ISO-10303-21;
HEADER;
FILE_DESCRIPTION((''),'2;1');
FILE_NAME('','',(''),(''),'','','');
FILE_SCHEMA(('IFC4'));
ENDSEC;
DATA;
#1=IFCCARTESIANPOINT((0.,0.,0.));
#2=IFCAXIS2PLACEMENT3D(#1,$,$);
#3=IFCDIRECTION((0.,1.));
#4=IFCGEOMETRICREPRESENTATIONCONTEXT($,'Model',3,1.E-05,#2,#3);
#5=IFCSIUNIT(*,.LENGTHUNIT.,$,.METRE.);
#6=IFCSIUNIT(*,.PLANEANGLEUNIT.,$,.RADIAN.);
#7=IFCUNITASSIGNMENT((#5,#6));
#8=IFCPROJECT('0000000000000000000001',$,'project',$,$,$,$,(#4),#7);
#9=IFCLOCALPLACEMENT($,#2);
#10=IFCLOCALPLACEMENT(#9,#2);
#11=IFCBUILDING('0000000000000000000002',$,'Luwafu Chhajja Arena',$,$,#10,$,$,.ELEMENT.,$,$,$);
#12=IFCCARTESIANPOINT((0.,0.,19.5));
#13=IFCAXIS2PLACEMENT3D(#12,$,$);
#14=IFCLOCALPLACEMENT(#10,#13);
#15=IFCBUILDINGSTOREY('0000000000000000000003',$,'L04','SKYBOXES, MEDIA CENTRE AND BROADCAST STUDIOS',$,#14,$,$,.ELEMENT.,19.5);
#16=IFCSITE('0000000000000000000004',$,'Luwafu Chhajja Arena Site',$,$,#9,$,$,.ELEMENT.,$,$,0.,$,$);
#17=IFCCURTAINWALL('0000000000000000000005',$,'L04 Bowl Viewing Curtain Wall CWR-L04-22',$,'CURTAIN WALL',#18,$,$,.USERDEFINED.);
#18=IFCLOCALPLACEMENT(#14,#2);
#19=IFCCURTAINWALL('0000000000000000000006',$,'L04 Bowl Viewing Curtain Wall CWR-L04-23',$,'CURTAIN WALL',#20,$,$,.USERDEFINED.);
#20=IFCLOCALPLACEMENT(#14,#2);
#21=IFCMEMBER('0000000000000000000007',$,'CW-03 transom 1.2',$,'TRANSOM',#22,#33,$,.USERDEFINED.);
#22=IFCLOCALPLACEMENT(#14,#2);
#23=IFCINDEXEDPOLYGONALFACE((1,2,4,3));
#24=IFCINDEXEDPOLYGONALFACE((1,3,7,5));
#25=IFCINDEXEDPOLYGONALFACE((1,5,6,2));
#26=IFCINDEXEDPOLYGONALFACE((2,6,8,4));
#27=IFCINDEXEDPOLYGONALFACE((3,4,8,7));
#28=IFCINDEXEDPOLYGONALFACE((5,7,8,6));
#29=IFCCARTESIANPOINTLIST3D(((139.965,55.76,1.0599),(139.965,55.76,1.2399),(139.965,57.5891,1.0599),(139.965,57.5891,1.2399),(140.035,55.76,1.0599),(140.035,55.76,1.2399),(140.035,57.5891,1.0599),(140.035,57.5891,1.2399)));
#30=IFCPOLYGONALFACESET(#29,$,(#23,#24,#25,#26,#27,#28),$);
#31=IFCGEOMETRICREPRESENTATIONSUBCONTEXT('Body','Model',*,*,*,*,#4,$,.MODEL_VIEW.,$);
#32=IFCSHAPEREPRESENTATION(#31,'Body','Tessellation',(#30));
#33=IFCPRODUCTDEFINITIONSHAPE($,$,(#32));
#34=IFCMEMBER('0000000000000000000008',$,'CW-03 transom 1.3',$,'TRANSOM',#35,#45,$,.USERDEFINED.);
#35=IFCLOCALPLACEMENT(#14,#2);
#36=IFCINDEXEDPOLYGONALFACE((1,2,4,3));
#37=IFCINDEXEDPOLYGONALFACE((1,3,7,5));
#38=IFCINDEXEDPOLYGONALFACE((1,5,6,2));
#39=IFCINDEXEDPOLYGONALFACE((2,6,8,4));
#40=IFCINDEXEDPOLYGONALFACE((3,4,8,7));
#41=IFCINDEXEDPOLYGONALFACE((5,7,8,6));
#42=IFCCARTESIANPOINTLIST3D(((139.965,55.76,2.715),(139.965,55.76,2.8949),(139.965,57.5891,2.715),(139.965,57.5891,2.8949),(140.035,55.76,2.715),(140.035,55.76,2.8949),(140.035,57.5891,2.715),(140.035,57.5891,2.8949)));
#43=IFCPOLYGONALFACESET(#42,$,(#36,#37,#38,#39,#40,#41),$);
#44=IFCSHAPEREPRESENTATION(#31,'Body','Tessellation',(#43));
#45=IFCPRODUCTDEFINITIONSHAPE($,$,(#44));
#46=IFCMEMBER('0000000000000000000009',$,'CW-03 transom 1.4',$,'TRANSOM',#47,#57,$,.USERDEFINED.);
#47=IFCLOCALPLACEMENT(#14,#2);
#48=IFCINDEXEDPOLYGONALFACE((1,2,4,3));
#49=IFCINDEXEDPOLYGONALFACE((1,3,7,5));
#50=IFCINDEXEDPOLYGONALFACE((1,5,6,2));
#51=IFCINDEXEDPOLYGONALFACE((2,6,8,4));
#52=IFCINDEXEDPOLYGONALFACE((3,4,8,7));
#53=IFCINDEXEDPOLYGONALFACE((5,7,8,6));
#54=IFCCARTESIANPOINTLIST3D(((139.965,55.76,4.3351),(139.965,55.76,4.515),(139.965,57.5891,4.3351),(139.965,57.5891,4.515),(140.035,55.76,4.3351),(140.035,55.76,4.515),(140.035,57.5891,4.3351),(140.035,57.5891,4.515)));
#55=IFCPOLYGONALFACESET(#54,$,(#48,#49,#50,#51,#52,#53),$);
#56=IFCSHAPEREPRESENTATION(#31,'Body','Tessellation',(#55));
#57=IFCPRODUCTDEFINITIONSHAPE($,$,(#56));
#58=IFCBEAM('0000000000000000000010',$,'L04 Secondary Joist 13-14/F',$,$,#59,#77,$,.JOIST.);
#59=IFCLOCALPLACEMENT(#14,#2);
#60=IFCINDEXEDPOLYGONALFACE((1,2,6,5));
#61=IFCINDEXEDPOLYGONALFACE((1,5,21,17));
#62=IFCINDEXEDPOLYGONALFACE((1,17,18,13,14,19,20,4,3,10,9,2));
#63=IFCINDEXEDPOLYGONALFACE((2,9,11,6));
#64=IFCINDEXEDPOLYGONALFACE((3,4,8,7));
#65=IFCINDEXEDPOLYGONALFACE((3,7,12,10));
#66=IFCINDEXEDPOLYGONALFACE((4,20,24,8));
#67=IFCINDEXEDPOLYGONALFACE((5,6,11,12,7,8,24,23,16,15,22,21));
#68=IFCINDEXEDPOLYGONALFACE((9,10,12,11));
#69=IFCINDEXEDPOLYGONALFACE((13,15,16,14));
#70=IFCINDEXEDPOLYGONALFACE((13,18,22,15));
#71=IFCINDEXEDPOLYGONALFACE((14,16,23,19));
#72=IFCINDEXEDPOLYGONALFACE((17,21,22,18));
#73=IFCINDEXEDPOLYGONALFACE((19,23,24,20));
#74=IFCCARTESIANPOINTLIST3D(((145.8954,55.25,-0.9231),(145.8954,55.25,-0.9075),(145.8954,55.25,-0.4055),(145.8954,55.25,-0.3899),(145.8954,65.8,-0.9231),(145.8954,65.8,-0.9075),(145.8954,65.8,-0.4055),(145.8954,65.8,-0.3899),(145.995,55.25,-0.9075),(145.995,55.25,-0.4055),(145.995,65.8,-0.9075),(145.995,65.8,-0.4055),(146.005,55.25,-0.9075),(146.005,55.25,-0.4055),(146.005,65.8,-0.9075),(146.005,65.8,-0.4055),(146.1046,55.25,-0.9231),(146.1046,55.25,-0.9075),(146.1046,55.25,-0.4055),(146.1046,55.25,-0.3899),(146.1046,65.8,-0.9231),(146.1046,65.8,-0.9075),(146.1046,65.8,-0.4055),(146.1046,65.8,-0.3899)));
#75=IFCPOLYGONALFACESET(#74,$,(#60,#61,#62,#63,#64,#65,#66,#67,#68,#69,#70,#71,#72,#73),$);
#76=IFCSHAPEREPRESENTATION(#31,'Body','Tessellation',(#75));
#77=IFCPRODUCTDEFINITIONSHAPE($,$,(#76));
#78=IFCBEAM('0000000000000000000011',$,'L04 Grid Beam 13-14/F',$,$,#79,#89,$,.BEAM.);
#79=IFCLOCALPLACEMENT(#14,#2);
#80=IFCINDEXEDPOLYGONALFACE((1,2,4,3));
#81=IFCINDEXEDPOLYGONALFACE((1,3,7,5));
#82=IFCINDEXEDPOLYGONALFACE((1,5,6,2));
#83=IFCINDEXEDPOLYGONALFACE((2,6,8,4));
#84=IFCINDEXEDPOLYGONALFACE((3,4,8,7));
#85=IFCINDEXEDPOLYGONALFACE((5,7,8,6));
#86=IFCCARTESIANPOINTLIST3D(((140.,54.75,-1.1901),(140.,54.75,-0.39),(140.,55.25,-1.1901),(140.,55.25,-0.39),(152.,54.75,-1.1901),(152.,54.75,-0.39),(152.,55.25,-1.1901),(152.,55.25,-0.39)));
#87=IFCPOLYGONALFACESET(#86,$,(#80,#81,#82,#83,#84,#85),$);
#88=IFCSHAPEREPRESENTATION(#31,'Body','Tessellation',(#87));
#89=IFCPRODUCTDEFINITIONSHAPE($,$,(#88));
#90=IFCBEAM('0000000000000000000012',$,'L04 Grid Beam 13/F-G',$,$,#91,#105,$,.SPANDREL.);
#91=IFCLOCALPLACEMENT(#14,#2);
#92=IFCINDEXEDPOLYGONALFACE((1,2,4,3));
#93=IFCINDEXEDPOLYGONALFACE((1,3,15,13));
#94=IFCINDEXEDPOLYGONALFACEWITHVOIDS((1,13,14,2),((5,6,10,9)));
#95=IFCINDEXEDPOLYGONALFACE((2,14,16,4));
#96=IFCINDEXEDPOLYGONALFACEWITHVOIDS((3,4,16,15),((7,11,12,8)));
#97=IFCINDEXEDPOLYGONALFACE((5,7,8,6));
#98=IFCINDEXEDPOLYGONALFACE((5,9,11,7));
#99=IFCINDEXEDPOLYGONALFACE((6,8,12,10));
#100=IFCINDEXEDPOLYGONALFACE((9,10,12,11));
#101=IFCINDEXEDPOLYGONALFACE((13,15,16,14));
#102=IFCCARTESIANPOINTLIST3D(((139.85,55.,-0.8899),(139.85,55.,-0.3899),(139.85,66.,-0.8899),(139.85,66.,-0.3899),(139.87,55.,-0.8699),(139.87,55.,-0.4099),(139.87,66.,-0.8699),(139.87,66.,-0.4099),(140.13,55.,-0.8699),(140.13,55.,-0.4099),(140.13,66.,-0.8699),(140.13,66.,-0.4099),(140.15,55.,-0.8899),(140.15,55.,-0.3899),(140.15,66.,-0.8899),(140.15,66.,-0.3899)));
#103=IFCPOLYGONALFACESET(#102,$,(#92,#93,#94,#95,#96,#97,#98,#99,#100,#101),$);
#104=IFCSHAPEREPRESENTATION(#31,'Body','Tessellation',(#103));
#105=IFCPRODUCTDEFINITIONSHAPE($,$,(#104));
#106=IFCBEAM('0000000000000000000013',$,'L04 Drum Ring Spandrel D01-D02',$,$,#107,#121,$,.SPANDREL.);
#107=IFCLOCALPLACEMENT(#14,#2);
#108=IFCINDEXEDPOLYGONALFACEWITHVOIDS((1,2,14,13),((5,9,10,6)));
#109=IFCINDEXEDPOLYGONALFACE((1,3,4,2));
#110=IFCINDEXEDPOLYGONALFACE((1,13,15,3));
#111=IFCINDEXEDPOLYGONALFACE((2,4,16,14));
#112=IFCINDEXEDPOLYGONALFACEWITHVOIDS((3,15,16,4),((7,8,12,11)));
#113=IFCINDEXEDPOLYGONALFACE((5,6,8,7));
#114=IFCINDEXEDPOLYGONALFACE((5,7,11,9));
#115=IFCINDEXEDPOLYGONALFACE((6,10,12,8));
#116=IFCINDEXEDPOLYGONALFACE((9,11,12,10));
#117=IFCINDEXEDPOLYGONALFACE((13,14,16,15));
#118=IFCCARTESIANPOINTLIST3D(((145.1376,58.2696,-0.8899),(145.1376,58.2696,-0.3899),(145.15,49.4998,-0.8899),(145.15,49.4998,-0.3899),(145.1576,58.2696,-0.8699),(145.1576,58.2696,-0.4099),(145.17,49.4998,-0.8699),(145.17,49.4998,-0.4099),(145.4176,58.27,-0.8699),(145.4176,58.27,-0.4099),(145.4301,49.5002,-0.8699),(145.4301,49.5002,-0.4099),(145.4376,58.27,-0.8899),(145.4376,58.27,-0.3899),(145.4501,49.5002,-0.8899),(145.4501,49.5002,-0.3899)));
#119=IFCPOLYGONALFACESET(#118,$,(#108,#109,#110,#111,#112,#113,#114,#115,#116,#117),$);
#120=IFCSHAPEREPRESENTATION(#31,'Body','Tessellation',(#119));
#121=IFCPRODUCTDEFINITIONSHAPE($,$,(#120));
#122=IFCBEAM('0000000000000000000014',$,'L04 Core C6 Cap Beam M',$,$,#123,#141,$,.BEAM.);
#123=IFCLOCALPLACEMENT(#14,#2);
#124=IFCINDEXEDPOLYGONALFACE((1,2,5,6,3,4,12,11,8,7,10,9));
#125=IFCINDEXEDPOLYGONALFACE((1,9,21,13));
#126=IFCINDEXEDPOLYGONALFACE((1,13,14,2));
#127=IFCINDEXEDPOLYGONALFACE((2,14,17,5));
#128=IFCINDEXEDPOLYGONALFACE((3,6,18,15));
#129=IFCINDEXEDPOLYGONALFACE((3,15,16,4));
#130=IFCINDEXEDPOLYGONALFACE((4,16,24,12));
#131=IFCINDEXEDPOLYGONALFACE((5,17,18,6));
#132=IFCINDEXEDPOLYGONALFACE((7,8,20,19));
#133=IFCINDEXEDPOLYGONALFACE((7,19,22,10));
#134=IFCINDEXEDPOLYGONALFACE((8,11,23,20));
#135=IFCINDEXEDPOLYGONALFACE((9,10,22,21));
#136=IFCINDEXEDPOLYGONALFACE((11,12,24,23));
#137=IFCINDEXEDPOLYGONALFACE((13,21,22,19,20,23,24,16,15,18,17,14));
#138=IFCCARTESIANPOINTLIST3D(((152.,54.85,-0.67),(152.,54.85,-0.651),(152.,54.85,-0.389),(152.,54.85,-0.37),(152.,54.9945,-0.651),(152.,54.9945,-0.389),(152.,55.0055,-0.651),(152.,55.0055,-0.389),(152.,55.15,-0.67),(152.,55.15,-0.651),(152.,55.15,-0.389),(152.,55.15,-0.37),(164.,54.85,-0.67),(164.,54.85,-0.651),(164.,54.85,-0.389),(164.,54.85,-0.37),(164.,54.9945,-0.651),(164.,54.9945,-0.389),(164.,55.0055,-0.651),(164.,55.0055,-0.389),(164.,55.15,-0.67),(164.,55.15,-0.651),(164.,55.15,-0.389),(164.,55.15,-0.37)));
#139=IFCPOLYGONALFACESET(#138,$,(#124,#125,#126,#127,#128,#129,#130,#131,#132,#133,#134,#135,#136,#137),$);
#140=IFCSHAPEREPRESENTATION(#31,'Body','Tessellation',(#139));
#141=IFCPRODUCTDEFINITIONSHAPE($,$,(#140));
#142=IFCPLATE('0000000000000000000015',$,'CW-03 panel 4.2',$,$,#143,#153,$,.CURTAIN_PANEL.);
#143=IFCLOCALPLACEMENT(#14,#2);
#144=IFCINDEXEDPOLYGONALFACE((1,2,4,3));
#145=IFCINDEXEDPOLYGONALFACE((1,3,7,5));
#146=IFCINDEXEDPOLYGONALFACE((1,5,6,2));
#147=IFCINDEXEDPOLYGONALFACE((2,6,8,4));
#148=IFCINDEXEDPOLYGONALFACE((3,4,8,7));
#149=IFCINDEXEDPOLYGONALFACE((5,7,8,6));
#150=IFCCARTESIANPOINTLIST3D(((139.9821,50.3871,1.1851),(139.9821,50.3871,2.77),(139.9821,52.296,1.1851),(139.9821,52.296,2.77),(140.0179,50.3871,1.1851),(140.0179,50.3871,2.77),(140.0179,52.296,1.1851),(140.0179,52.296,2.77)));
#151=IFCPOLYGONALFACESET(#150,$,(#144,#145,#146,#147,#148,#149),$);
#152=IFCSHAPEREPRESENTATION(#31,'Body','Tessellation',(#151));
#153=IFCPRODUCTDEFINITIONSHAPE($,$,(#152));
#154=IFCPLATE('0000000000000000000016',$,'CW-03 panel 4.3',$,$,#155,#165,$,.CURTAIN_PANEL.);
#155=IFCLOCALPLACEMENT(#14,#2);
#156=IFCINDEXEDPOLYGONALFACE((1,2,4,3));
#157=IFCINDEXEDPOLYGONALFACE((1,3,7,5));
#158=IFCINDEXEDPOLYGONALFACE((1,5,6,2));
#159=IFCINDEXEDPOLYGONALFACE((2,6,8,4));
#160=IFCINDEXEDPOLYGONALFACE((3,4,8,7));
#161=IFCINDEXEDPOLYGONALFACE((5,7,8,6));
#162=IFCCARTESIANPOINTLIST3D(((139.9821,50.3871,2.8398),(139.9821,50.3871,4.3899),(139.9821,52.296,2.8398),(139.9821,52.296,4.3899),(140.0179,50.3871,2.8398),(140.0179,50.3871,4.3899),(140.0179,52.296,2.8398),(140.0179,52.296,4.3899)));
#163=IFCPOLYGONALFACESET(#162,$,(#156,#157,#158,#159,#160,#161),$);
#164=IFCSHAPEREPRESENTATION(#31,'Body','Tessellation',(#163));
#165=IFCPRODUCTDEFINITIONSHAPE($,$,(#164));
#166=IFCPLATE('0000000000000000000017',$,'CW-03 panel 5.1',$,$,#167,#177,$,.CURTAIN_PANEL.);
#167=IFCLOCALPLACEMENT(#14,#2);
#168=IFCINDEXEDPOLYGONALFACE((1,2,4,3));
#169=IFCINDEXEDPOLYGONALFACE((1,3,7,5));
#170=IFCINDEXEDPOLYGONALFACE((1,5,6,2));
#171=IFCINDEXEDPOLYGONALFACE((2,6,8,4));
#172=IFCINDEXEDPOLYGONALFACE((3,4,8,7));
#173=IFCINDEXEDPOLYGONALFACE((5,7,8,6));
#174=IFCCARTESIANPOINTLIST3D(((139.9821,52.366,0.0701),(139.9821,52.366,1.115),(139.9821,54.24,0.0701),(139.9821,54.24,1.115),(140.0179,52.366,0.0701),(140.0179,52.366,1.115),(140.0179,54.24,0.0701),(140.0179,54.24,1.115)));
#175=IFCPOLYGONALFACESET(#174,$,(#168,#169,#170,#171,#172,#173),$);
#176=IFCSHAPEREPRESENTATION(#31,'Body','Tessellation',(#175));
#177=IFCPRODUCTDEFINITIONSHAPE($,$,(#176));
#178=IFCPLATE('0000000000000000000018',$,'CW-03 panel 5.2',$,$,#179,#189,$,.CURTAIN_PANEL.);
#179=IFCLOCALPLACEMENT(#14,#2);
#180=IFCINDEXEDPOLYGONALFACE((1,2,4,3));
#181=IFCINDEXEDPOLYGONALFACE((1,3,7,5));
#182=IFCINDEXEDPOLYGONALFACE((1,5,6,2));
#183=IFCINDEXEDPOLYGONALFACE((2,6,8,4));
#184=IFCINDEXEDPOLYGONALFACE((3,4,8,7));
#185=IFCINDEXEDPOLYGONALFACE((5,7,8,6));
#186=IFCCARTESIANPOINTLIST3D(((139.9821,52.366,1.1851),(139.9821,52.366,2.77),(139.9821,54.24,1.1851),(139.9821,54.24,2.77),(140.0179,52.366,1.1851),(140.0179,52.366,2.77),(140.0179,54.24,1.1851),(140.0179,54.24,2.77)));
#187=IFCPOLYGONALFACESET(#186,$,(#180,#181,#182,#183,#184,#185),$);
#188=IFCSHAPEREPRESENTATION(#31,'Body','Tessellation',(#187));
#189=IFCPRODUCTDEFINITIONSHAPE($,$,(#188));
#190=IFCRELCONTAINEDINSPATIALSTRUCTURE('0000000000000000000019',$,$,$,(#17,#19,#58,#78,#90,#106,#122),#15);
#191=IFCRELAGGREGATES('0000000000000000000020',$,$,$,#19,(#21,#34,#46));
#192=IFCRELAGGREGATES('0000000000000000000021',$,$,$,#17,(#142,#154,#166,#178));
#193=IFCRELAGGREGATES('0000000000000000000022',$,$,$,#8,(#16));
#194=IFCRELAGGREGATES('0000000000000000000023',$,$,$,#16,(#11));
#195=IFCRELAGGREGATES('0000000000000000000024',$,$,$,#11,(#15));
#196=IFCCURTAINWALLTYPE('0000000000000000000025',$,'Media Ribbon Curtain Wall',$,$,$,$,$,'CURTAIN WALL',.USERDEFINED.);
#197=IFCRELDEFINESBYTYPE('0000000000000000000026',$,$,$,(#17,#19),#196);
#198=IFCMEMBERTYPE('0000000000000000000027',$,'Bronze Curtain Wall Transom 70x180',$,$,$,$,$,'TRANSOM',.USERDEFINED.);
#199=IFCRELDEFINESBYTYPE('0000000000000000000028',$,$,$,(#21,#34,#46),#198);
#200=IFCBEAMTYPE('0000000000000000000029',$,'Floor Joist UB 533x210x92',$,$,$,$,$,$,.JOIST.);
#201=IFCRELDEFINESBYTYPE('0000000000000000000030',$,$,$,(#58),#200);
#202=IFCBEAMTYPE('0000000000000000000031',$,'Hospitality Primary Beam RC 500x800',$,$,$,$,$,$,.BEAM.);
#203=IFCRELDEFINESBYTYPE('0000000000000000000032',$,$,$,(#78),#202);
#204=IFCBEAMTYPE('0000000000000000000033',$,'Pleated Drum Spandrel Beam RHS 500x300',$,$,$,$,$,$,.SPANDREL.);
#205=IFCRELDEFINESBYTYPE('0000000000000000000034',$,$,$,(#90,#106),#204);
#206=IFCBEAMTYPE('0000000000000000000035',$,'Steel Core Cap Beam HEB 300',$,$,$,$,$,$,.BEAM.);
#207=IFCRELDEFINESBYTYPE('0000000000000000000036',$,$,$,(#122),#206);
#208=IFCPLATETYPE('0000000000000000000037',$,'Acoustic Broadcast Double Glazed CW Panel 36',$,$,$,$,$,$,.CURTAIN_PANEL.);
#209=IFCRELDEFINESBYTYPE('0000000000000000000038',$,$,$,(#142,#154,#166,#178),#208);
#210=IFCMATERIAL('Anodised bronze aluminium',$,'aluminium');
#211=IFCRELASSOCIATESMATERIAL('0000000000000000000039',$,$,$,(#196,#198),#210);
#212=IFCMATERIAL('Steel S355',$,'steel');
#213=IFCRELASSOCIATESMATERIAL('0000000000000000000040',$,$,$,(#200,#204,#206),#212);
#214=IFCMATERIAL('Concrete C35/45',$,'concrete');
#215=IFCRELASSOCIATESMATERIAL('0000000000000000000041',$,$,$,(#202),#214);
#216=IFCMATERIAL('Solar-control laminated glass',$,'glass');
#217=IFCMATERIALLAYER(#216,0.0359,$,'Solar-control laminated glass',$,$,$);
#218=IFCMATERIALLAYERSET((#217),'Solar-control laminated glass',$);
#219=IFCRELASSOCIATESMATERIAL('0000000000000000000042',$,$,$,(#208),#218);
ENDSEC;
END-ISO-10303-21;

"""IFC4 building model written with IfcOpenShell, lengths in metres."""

from ifc_helpers import new_model, si_unit, direction, frame, origin, origin_2d, place, context, subcontext, project, spatial, rectangle, hollow_rectangle, i_section, extrude, material, layer, layer_set, material_profile, profile_set, type_object, element, aggregate, save


model = new_model("IFC4")

# Units and contexts
model_context = context("Model", 3, precision=1e-05, world=origin(), true_north=direction((0.0, 1.0)))
body_context = subcontext(model_context, "Body", "Model", "MODEL_VIEW")
ifc_project = project(units=[si_unit("LENGTHUNIT", "METRE"), si_unit("PLANEANGLEUNIT", "RADIAN")], contexts=[model_context])

# Site, building, storey
site_placement = place(None, origin())
site = spatial("IfcSite", under=ifc_project, at=site_placement, Name="Luwafu Chhajja Arena Site", CompositionType="ELEMENT", RefElevation=0.0)
building_placement = place(site_placement, origin())
building = spatial("IfcBuilding", under=site, at=building_placement, Name="Luwafu Chhajja Arena", CompositionType="ELEMENT")
storey_placement = place(building_placement, frame((0.0, 0.0, 19.5)))
storey = spatial("IfcBuildingStorey", under=building, at=storey_placement, Name="L04", Description="SKYBOXES, MEDIA CENTRE AND BROADCAST STUDIOS", CompositionType="ELEMENT", Elevation=19.5)

# Shared definitions
ifc_material_1 = material(Name="Steel S355", Category="steel")

# Curtain wall
ifc_material_2 = material(Name="Anodised bronze aluminium", Category="aluminium")
curtain_wall_type = type_object("IfcCurtainWallType", Name="Media Ribbon Curtain Wall", ElementType="CURTAIN WALL", PredefinedType="USERDEFINED", material=ifc_material_2)
curtain_wall_1_placement = place(storey_placement, origin())
curtain_wall_1 = element("IfcCurtainWall", 1, at=curtain_wall_1_placement, inside=storey, type_object=curtain_wall_type, Name="L04 Bowl Viewing Curtain Wall CWR-L04-22", ObjectType="CURTAIN WALL", PredefinedType="USERDEFINED")

# Curtain wall
curtain_wall_2_placement = place(storey_placement, origin())
curtain_wall_2 = element("IfcCurtainWall", 2, at=curtain_wall_2_placement, inside=storey, type_object=curtain_wall_type, Name="L04 Bowl Viewing Curtain Wall CWR-L04-23", ObjectType="CURTAIN WALL", PredefinedType="USERDEFINED")

# Members
ifc_material_profile_1 = material_profile(ifc_material_2, rectangle(XDim=0.0701, YDim=0.1799, at=origin_2d()), Name="CWT 70x180")
ifc_profile_set_1 = profile_set([ifc_material_profile_1], Name="Anodised bronze aluminium")
member_type_1 = type_object("IfcMemberType", Name="Bronze Curtain Wall Transom 70x180", ElementType="TRANSOM", PredefinedType="USERDEFINED", material=ifc_profile_set_1)
member_1_placement = place(storey_placement, frame((140.0, 55.76, 1.1499), z_axis=(0.0, 1.0, 0.0), x_axis=(-1.0, 0.0, 0.0)))
member_1 = element("IfcMember", 3, at=member_1_placement, type_object=member_type_1, Name="CW-03 transom 1.2", ObjectType="TRANSOM", PredefinedType="USERDEFINED", context=body_context, shape_type="SweptSolid", body=[
    extrude(rectangle(XDim=0.0701, YDim=0.1799, at=origin_2d()), origin(), (0.0, 0.0, 1.0), 1.8291),
])
member_2_placement = place(storey_placement, frame((140.0, 55.76, 2.8049), z_axis=(0.0, 1.0, 0.0), x_axis=(-1.0, 0.0, 0.0)))
member_2 = element("IfcMember", 4, at=member_2_placement, type_object=member_type_1, Name="CW-03 transom 1.3", ObjectType="TRANSOM", PredefinedType="USERDEFINED", context=body_context, shape_type="SweptSolid", body=[
    extrude(rectangle(XDim=0.0701, YDim=0.1799, at=origin_2d()), origin(), (0.0, 0.0, 1.0), 1.8291),
])
member_3_placement = place(storey_placement, frame((140.0, 55.76, 4.425), z_axis=(0.0, 1.0, 0.0), x_axis=(-1.0, 0.0, 0.0)))
member_3 = element("IfcMember", 5, at=member_3_placement, type_object=member_type_1, Name="CW-03 transom 1.4", ObjectType="TRANSOM", PredefinedType="USERDEFINED", context=body_context, shape_type="SweptSolid", body=[
    extrude(rectangle(XDim=0.0701, YDim=0.1799, at=origin_2d()), origin(), (0.0, 0.0, 1.0), 1.8291),
])
aggregate(curtain_wall_2, [member_1, member_2, member_3])

# Beams
ifc_material_profile_2 = material_profile(ifc_material_1, i_section(OverallWidth=0.2092, OverallDepth=0.5332, WebThickness=0.01, FlangeThickness=0.0156, at=origin_2d()), Name="UB 533x210x92")
ifc_profile_set_2 = profile_set([ifc_material_profile_2], Name="Steel S355")
beam_type_1 = type_object("IfcBeamType", Name="Floor Joist UB 533x210x92", PredefinedType="JOIST", material=ifc_profile_set_2)
beam_1_placement = place(storey_placement, frame((146.0, 55.25, -0.6565), z_axis=(0.0, 1.0, 0.0), x_axis=(-1.0, 0.0, 0.0)))
element("IfcBeam", 6, at=beam_1_placement, inside=storey, type_object=beam_type_1, Name="L04 Secondary Joist 13-14/F", PredefinedType="JOIST", context=body_context, shape_type="SweptSolid", body=[
    extrude(i_section(OverallWidth=0.2092, OverallDepth=0.5332, WebThickness=0.01, FlangeThickness=0.0156, at=origin_2d()), origin(), (0.0, 0.0, 1.0), 10.55),
])
ifc_material_3 = material(Name="Concrete C35/45", Category="concrete")
ifc_material_profile_3 = material_profile(ifc_material_3, rectangle(XDim=0.5, YDim=0.8, at=origin_2d()), Name="RC 500x800")
ifc_profile_set_3 = profile_set([ifc_material_profile_3], Name="Concrete C35/45")
beam_type_2 = type_object("IfcBeamType", Name="Hospitality Primary Beam RC 500x800", PredefinedType="BEAM", material=ifc_profile_set_3)
beam_2_placement = place(storey_placement, frame((140.0, 55.0, -0.79), z_axis=(1.0, 0.0, 0.0), x_axis=(0.0, 1.0, 0.0)))
element("IfcBeam", 7, at=beam_2_placement, inside=storey, type_object=beam_type_2, Name="L04 Grid Beam 13-14/F", PredefinedType="BEAM", context=body_context, shape_type="SweptSolid", body=[
    extrude(rectangle(XDim=0.5, YDim=0.8, at=origin_2d()), origin(), (0.0, 0.0, 1.0), 12.0),
])
ifc_material_profile_4 = material_profile(ifc_material_1, hollow_rectangle(XDim=0.3, YDim=0.5, WallThickness=0.02, at=origin_2d()), Name="RHS 500x300x20")
ifc_profile_set_4 = profile_set([ifc_material_profile_4], Name="Steel S355")
beam_type_3 = type_object("IfcBeamType", Name="Pleated Drum Spandrel Beam RHS 500x300", PredefinedType="SPANDREL", material=ifc_profile_set_4)
beam_3_placement = place(storey_placement, frame((140.0, 55.0, -0.6399), z_axis=(0.0, 1.0, 0.0), x_axis=(-1.0, 0.0, 0.0)))
element("IfcBeam", 8, at=beam_3_placement, inside=storey, type_object=beam_type_3, Name="L04 Grid Beam 13/F-G", PredefinedType="SPANDREL", context=body_context, shape_type="SweptSolid", body=[
    extrude(hollow_rectangle(XDim=0.3, YDim=0.5, WallThickness=0.02, at=origin_2d()), origin(), (0.0, 0.0, 1.0), 11.0),
])
beam_4_placement = place(storey_placement, frame((145.3, 49.5, -0.6399), z_axis=(-0.00142, 0.999999, 0.0), x_axis=(-0.999999, -0.00142, 0.0)))
element("IfcBeam", 9, at=beam_4_placement, inside=storey, type_object=beam_type_3, Name="L04 Drum Ring Spandrel D01-D02", PredefinedType="SPANDREL", context=body_context, shape_type="SweptSolid", body=[
    extrude(hollow_rectangle(XDim=0.3, YDim=0.5, WallThickness=0.02, at=origin_2d()), origin(), (0.0, 0.0, 1.0), 8.7698),
])
ifc_material_profile_5 = material_profile(ifc_material_1, i_section(OverallWidth=0.3, OverallDepth=0.3, WebThickness=0.011, FlangeThickness=0.019, at=origin_2d()), Name="HEB 300")
ifc_profile_set_5 = profile_set([ifc_material_profile_5], Name="Steel S355")
beam_type_4 = type_object("IfcBeamType", Name="Steel Core Cap Beam HEB 300", PredefinedType="BEAM", material=ifc_profile_set_5)
beam_5_placement = place(storey_placement, frame((152.0, 55.0, -0.52), z_axis=(1.0, 0.0, 0.0), x_axis=(0.0, 1.0, 0.0)))
element("IfcBeam", 10, at=beam_5_placement, inside=storey, type_object=beam_type_4, Name="L04 Core C6 Cap Beam M", PredefinedType="BEAM", context=body_context, shape_type="SweptSolid", body=[
    extrude(i_section(OverallWidth=0.3, OverallDepth=0.3, WebThickness=0.011, FlangeThickness=0.019, at=origin_2d()), origin(), (0.0, 0.0, 1.0), 12.0),
])

# Plates
ifc_material_4 = material(Name="Solar-control laminated glass", Category="glass")
ifc_layer_1 = layer(ifc_material_4, 0.0359, Name="Solar-control laminated glass")
ifc_layer_set_1 = layer_set([ifc_layer_1], Name="Solar-control laminated glass")
plate_type = type_object("IfcPlateType", Name="Acoustic Broadcast Double Glazed CW Panel 36", PredefinedType="CURTAIN_PANEL", material=ifc_layer_set_1)
plate_1_placement = place(storey_placement, frame((140.0, 51.3416, 1.1851), z_axis=(0.0, 0.0, 1.0), x_axis=(0.0, 1.0, 0.0)))
plate_1 = element("IfcPlate", 11, at=plate_1_placement, type_object=plate_type, Name="CW-03 panel 4.2", PredefinedType="CURTAIN_PANEL", context=body_context, shape_type="SweptSolid", body=[
    extrude(rectangle(XDim=1.9089, YDim=0.0359, at=origin_2d()), origin(), (0.0, 0.0, 1.0), 1.585),
])
plate_2_placement = place(storey_placement, frame((140.0, 51.3416, 2.8398), z_axis=(0.0, 0.0, 1.0), x_axis=(0.0, 1.0, 0.0)))
plate_2 = element("IfcPlate", 12, at=plate_2_placement, type_object=plate_type, Name="CW-03 panel 4.3", PredefinedType="CURTAIN_PANEL", context=body_context, shape_type="SweptSolid", body=[
    extrude(rectangle(XDim=1.9089, YDim=0.0359, at=origin_2d()), origin(), (0.0, 0.0, 1.0), 1.55),
])
plate_3_placement = place(storey_placement, frame((140.0, 53.303, 0.0701), z_axis=(0.0, 0.0, 1.0), x_axis=(0.0, 1.0, 0.0)))
plate_3 = element("IfcPlate", 13, at=plate_3_placement, type_object=plate_type, Name="CW-03 panel 5.1", PredefinedType="CURTAIN_PANEL", context=body_context, shape_type="SweptSolid", body=[
    extrude(rectangle(XDim=1.874, YDim=0.0359, at=origin_2d()), origin(), (0.0, 0.0, 1.0), 1.0449),
])
plate_4_placement = place(storey_placement, frame((140.0, 53.303, 1.1851), z_axis=(0.0, 0.0, 1.0), x_axis=(0.0, 1.0, 0.0)))
plate_4 = element("IfcPlate", 14, at=plate_4_placement, type_object=plate_type, Name="CW-03 panel 5.2", PredefinedType="CURTAIN_PANEL", context=body_context, shape_type="SweptSolid", body=[
    extrude(rectangle(XDim=1.874, YDim=0.0359, at=origin_2d()), origin(), (0.0, 0.0, 1.0), 1.585),
])
aggregate(curtain_wall_1, [plate_1, plate_2, plate_3, plate_4])

save(model, "model.ifc")
